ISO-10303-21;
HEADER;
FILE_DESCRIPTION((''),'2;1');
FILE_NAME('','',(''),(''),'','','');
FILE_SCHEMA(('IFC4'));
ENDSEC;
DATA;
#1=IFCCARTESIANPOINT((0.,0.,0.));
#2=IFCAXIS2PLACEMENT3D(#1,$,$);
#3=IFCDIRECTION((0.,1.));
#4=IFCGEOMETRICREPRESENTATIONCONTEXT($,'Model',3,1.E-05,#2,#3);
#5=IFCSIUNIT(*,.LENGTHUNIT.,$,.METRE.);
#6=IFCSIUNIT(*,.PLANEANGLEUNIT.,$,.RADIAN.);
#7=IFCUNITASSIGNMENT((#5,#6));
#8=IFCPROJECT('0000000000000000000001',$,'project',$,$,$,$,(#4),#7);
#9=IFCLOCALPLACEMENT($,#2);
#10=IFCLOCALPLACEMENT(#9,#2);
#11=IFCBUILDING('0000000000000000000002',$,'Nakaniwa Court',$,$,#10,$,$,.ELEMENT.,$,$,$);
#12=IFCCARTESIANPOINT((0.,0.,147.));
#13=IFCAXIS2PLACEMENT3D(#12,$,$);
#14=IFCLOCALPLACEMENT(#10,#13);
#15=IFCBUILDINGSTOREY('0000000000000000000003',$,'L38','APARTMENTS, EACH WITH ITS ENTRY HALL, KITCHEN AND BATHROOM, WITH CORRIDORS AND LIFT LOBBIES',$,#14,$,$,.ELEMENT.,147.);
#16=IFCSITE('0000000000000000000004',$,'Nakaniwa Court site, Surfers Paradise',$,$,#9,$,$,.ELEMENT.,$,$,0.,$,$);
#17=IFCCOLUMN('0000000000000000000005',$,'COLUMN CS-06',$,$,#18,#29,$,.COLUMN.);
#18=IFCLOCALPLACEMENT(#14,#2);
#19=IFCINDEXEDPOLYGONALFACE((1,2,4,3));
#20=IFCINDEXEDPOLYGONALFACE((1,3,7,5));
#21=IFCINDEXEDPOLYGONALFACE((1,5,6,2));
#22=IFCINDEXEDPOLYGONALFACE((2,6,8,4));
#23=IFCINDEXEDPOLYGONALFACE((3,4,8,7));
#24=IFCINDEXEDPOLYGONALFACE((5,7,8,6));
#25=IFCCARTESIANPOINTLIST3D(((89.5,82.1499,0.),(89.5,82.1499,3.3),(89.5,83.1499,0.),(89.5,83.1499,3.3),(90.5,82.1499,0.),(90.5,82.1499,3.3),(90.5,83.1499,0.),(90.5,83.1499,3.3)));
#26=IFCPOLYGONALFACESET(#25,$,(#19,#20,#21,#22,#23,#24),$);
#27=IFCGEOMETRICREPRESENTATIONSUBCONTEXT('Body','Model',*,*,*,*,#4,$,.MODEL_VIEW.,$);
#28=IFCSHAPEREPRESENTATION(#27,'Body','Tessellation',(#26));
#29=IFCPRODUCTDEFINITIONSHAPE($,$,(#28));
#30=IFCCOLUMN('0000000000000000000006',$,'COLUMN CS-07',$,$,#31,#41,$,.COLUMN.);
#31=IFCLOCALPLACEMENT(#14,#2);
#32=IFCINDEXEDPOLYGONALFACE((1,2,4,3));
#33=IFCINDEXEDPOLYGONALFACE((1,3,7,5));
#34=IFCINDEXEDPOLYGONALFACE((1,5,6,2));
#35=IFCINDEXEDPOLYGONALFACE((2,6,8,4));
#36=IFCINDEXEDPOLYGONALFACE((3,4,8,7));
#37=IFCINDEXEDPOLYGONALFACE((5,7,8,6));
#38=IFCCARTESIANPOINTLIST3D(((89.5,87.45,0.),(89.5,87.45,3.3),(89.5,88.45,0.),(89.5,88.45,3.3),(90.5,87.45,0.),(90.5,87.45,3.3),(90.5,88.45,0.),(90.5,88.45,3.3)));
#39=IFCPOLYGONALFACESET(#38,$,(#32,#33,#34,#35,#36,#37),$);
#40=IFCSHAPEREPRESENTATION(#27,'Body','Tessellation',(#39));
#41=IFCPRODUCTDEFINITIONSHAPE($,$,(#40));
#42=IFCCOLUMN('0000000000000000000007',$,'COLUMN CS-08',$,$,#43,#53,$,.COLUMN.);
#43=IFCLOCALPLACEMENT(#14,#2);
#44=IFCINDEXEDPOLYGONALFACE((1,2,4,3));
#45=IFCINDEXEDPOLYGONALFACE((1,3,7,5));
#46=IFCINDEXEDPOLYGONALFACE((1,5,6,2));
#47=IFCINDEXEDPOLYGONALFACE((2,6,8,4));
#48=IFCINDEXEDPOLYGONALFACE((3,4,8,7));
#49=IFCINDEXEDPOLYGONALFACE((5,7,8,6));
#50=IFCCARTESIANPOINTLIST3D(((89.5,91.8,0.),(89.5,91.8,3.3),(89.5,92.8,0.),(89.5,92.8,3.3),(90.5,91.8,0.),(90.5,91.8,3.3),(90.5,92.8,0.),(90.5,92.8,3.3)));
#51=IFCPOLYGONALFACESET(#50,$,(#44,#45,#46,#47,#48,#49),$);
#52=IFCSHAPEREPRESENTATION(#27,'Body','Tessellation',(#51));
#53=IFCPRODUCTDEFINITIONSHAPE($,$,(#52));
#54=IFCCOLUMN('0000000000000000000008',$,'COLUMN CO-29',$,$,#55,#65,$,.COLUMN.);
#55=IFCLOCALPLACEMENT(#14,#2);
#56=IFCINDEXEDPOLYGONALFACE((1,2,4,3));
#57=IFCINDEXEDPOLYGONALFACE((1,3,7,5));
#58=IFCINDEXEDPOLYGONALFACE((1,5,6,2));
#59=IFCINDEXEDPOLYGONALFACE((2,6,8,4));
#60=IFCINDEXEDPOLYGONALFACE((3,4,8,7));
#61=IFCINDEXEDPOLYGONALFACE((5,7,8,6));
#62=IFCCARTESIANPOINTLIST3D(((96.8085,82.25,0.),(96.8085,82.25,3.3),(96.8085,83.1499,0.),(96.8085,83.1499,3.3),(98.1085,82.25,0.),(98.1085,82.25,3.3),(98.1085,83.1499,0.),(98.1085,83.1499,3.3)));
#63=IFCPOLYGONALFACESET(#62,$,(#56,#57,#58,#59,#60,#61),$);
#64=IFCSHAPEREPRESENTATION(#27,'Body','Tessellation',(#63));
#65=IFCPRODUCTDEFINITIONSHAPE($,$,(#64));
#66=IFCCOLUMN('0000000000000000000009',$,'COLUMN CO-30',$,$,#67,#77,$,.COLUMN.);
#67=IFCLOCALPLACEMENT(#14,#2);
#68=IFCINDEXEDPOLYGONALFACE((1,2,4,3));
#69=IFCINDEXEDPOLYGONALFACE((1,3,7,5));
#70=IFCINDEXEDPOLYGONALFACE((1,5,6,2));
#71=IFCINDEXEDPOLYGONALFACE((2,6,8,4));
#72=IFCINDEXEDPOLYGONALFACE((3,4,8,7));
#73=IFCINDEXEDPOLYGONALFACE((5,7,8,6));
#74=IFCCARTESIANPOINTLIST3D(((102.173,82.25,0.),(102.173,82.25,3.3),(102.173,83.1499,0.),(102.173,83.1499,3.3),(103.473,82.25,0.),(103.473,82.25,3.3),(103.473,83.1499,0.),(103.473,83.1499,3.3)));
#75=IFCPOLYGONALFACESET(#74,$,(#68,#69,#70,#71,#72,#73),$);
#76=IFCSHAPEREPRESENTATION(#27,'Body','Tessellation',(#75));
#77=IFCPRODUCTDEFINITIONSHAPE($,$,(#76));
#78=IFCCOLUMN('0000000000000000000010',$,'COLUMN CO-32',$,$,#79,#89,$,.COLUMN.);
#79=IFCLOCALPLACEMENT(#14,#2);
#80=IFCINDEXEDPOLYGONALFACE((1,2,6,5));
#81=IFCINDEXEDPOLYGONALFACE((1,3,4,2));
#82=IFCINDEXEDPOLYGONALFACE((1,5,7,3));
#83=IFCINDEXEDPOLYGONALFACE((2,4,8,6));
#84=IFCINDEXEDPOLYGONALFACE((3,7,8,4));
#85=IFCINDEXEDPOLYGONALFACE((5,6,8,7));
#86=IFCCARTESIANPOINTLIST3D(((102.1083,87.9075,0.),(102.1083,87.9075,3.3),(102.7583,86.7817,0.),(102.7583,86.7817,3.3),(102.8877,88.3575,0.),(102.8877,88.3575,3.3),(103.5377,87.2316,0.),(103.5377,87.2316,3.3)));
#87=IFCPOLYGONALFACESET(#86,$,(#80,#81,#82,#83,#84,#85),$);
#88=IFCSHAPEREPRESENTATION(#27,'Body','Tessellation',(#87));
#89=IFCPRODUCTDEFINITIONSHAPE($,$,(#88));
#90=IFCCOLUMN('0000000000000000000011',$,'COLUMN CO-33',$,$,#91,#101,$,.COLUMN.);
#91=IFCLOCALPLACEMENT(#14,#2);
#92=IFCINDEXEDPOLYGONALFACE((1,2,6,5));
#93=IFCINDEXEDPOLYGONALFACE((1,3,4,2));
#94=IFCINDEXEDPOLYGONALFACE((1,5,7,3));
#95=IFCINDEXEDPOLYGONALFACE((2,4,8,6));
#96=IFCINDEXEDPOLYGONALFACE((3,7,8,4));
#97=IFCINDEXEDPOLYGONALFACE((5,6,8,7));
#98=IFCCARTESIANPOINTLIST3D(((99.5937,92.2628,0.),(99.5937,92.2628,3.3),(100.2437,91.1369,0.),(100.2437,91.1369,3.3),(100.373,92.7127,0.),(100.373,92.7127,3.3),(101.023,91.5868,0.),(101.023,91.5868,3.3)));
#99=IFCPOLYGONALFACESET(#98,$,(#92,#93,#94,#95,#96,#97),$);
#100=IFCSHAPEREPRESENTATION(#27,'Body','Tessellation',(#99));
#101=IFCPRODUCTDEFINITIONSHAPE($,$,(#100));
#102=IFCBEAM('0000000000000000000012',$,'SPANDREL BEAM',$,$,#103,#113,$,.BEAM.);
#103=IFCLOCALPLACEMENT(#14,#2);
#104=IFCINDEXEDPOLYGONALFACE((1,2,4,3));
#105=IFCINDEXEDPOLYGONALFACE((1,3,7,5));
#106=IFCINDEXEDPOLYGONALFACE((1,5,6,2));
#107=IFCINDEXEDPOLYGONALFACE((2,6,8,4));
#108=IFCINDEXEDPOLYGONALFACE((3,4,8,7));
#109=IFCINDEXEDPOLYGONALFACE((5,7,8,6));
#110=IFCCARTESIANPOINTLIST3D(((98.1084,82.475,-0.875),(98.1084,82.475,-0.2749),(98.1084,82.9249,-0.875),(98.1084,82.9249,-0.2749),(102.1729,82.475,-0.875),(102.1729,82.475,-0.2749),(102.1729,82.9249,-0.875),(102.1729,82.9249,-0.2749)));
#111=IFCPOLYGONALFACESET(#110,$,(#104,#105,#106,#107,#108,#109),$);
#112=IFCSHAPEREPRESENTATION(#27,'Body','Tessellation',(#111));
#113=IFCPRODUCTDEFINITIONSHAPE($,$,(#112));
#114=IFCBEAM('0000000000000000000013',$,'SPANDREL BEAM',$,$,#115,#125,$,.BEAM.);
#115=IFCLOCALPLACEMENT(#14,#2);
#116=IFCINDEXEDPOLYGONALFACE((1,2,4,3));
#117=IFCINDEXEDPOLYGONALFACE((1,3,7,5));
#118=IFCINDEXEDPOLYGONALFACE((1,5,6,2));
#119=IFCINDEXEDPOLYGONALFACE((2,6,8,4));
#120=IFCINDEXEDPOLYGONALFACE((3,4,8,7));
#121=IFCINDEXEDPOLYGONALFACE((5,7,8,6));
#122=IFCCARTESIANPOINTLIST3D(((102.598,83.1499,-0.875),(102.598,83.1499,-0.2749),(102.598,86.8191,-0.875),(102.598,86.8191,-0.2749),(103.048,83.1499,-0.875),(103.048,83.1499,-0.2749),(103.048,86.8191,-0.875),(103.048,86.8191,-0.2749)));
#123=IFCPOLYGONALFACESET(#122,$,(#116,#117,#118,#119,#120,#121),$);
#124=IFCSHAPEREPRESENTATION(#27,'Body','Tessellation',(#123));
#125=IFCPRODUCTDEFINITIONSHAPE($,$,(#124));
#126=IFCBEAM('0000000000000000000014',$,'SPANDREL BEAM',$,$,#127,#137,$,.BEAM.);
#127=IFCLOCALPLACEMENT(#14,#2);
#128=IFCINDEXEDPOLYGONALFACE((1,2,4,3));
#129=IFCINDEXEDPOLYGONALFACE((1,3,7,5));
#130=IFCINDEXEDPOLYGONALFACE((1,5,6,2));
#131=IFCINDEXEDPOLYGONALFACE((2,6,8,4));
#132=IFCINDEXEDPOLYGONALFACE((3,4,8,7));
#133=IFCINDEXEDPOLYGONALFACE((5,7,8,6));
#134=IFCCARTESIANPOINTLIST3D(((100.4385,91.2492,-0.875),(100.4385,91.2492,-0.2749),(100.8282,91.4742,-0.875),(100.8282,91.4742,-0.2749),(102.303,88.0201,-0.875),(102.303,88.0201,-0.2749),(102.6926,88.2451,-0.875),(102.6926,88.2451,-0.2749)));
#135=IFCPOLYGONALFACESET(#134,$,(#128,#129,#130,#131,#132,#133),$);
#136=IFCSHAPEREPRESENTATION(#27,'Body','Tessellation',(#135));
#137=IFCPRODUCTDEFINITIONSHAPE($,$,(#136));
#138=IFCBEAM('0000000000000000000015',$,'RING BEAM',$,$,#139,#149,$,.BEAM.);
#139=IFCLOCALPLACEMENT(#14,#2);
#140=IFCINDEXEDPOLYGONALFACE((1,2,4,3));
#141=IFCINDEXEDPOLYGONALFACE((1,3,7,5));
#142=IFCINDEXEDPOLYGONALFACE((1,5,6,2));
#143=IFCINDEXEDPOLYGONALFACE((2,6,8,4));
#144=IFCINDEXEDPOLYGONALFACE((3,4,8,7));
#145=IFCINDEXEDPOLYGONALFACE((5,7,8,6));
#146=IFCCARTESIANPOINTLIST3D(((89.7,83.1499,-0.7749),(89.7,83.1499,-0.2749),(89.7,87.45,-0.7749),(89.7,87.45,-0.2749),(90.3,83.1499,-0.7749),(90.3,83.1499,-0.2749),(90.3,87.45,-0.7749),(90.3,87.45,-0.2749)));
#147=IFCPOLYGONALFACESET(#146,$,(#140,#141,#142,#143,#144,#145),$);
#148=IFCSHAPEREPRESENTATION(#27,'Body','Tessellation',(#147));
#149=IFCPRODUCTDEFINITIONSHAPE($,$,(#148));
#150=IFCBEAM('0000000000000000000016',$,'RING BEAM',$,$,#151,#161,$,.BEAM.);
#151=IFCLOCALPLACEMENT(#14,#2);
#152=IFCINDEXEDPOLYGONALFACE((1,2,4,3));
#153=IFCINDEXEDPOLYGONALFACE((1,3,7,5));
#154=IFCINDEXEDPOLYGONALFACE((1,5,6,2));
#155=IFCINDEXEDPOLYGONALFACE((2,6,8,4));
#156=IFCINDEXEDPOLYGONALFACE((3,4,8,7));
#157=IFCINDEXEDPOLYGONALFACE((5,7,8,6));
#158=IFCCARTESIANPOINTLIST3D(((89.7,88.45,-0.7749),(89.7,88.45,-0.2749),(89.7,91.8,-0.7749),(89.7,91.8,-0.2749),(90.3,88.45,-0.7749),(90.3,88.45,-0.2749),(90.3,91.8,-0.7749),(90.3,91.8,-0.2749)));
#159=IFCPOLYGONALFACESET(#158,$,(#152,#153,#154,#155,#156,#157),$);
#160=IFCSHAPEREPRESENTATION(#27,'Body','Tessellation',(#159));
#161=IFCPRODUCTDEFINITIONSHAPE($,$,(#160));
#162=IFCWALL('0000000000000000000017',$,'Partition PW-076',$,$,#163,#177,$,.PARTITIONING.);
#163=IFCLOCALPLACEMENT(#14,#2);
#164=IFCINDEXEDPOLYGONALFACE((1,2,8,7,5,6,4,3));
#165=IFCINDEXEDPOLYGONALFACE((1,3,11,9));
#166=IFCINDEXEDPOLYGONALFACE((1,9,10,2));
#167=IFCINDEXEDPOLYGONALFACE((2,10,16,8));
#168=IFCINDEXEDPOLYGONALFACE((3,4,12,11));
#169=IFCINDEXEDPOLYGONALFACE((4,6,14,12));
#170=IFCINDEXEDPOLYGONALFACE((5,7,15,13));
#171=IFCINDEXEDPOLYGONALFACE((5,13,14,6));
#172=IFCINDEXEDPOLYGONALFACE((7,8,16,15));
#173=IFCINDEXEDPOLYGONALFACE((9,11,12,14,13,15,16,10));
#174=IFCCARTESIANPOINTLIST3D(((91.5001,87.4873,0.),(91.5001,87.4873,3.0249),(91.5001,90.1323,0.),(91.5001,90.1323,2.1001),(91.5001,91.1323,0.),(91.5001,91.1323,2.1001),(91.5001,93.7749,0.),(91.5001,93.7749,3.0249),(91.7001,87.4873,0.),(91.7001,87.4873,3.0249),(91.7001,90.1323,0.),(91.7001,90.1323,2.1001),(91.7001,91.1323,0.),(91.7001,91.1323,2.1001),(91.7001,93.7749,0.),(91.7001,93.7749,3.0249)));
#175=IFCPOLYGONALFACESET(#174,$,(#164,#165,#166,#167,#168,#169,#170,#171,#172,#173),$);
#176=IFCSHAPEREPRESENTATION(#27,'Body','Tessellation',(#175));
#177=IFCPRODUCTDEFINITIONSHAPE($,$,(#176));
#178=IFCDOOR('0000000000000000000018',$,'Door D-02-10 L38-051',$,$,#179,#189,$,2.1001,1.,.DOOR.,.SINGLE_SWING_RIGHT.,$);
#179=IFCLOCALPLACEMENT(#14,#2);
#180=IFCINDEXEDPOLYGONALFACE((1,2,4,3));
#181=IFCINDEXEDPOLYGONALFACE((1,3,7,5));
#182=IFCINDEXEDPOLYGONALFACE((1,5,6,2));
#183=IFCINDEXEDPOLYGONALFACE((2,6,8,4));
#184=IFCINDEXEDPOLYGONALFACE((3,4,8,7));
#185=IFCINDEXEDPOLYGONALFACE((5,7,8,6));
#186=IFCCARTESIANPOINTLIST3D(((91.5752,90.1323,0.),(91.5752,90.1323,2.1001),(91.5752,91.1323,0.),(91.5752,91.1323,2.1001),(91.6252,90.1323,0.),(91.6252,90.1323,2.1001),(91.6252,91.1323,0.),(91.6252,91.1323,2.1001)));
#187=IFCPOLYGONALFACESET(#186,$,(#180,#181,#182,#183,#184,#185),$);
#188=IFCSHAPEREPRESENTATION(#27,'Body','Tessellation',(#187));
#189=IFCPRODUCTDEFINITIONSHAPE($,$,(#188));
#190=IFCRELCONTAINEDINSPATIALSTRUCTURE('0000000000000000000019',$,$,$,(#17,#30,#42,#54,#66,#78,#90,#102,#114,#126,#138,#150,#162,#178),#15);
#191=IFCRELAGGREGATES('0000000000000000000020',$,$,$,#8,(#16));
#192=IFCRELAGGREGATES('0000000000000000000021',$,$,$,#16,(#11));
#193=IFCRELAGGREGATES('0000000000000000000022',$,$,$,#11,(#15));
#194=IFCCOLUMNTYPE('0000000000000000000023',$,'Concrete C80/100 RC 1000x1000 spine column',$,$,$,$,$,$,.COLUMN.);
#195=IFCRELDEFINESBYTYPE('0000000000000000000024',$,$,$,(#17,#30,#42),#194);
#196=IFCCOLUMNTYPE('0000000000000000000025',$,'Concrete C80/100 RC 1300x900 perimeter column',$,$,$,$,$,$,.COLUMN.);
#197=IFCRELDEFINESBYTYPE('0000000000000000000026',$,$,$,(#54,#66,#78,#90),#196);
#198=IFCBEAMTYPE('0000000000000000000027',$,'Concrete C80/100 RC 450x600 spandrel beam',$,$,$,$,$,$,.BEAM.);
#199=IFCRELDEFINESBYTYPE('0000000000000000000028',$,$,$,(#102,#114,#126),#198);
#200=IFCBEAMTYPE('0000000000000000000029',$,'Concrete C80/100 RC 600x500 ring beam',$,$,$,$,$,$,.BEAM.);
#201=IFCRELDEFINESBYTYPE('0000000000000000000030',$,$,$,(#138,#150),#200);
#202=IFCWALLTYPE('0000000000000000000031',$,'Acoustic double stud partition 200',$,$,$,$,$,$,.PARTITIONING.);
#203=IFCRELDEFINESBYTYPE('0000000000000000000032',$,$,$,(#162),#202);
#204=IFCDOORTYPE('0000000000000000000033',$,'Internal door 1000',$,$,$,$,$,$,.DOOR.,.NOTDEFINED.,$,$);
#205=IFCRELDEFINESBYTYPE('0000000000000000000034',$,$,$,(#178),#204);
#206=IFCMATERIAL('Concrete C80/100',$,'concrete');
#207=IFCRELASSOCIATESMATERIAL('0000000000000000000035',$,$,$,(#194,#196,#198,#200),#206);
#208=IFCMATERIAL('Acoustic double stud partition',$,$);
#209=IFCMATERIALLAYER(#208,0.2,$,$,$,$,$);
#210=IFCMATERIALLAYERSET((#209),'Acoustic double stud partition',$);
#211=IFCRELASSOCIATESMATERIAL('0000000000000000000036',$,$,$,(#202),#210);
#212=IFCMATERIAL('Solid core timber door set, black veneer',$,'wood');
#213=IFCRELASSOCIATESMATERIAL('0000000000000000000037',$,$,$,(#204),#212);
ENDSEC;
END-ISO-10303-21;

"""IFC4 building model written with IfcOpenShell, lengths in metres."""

from ifc_helpers import new_model, si_unit, direction, frame, frame_2d, origin, origin_2d, place, context, subcontext, project, spatial, rectangle, extrude, material, layer, layer_set, material_profile, profile_set, type_object, element, fill, save


model = new_model("IFC4")

# Units and contexts
model_context = context("Model", 3, precision=1e-05, world=origin(), true_north=direction((0.0, 1.0)))
body_context = subcontext(model_context, "Body", "Model", "MODEL_VIEW")
ifc_project = project(units=[si_unit("LENGTHUNIT", "METRE"), si_unit("PLANEANGLEUNIT", "RADIAN")], contexts=[model_context])

# Site, building, storey
site_placement = place(None, origin())
site = spatial("IfcSite", under=ifc_project, at=site_placement, Name="Nakaniwa Court site, Surfers Paradise", CompositionType="ELEMENT", RefElevation=0.0)
building_placement = place(site_placement, origin())
building = spatial("IfcBuilding", under=site, at=building_placement, Name="Nakaniwa Court", CompositionType="ELEMENT")
storey_placement = place(building_placement, frame((0.0, 0.0, 147.0)))
storey = spatial("IfcBuildingStorey", under=building, at=storey_placement, Name="L38", Description="APARTMENTS, EACH WITH ITS ENTRY HALL, KITCHEN AND BATHROOM, WITH CORRIDORS AND LIFT LOBBIES", CompositionType="ELEMENT", Elevation=147.0)

# Columns
ifc_material_1 = material(Name="Concrete C80/100", Category="concrete")
ifc_material_profile_1 = material_profile(ifc_material_1, rectangle(XDim=1.0, YDim=1.0, at=origin_2d()), Name="Concrete C80/100 RC 1000x1000 spine column")
ifc_profile_set_1 = profile_set([ifc_material_profile_1], Name="Concrete C80/100")
column_type_1 = type_object("IfcColumnType", Name="Concrete C80/100 RC 1000x1000 spine column", PredefinedType="COLUMN", material=ifc_profile_set_1)
for number, where, z_axis, x_axis, name in (
    (1, (90.0, 82.6499, 0.0), (0.0, 0.0, 1.0), (0.0, 1.0, 0.0), "COLUMN CS-06"),
    (2, (90.0, 87.95, 0.0), (0.0, 0.0, 1.0), (0.0, 1.0, 0.0), "COLUMN CS-07"),
    (3, (90.0, 92.3, 0.0), (0.0, 0.0, 1.0), (0.0, 1.0, 0.0), "COLUMN CS-08"),
):
    element("IfcColumn", number, at=place(storey_placement, frame(where, z_axis=z_axis, x_axis=x_axis)), inside=storey, type_object=column_type_1, Name=name, PredefinedType="COLUMN", context=body_context, shape_type="SweptSolid", body=[
        extrude(rectangle(XDim=1.0, YDim=1.0, at=origin_2d()), origin(), (0.0, 0.0, 1.0), 3.3),
    ])
ifc_material_profile_2 = material_profile(ifc_material_1, rectangle(XDim=1.3, YDim=0.8999, at=origin_2d()), Name="Concrete C80/100 RC 1300x900 perimeter column")
ifc_profile_set_2 = profile_set([ifc_material_profile_2], Name="Concrete C80/100")
column_type_2 = type_object("IfcColumnType", Name="Concrete C80/100 RC 1300x900 perimeter column", PredefinedType="COLUMN", material=ifc_profile_set_2)
for number, where, z_axis, x_axis, name in (
    (4, (97.4585, 82.7, 0.0), (0.0, 0.0, 1.0), (1.0, 0.0, 0.0), "COLUMN CO-29"),
    (5, (102.823, 82.7, 0.0), (0.0, 0.0, 1.0), (1.0, 0.0, 0.0), "COLUMN CO-30"),
    (6, (102.823, 87.5696, 0.0), (0.0, 0.0, 1.0), (-0.5, 0.866025, 0.0), "COLUMN CO-32"),
    (7, (100.3083, 91.9248, 0.0), (0.0, 0.0, 1.0), (-0.5, 0.866025, 0.0), "COLUMN CO-33"),
):
    element("IfcColumn", number, at=place(storey_placement, frame(where, z_axis=z_axis, x_axis=x_axis)), inside=storey, type_object=column_type_2, Name=name, PredefinedType="COLUMN", context=body_context, shape_type="SweptSolid", body=[
        extrude(rectangle(XDim=1.3, YDim=0.8999, at=origin_2d()), origin(), (0.0, 0.0, 1.0), 3.3),
    ])

# Beams
ifc_material_profile_3 = material_profile(ifc_material_1, rectangle(XDim=0.45, YDim=0.6001, at=origin_2d()), Name="Concrete C80/100 RC 450x600 spandrel beam")
ifc_profile_set_3 = profile_set([ifc_material_profile_3], Name="Concrete C80/100")
beam_type_1 = type_object("IfcBeamType", Name="Concrete C80/100 RC 450x600 spandrel beam", PredefinedType="BEAM", material=ifc_profile_set_3)
beam_1_placement = place(storey_placement, frame((98.1084, 82.7, -0.575), z_axis=(1.0, 0.0, 0.0), x_axis=(0.0, 1.0, 0.0)))
element("IfcBeam", 8, at=beam_1_placement, inside=storey, type_object=beam_type_1, Name="SPANDREL BEAM", PredefinedType="BEAM", context=body_context, shape_type="SweptSolid", body=[
    extrude(rectangle(XDim=0.45, YDim=0.6001, at=origin_2d()), origin(), (0.0, 0.0, 1.0), 4.0645),
])
beam_2_placement = place(storey_placement, frame((102.823, 83.1499, -0.575), z_axis=(0.0, 1.0, 0.0), x_axis=(-1.0, 0.0, 0.0)))
element("IfcBeam", 9, at=beam_2_placement, inside=storey, type_object=beam_type_1, Name="SPANDREL BEAM", PredefinedType="BEAM", context=body_context, shape_type="SweptSolid", body=[
    extrude(rectangle(XDim=0.45, YDim=0.6001, at=origin_2d()), origin(), (0.0, 0.0, 1.0), 3.6692),
])
beam_3_placement = place(storey_placement, frame((102.4978, 88.1326, -0.575), z_axis=(-0.500019, 0.866014, 0.0), x_axis=(-0.866014, -0.500019, 0.0)))
element("IfcBeam", 10, at=beam_3_placement, inside=storey, type_object=beam_type_1, Name="SPANDREL BEAM", PredefinedType="BEAM", context=body_context, shape_type="SweptSolid", body=[
    extrude(rectangle(XDim=0.45, YDim=0.6001, at=origin_2d()), origin(), (0.0, 0.0, 1.0), 3.7288),
])
ifc_material_profile_4 = material_profile(ifc_material_1, rectangle(XDim=0.6001, YDim=0.5, at=origin_2d()), Name="Concrete C80/100 RC 600x500 ring beam")
ifc_profile_set_4 = profile_set([ifc_material_profile_4], Name="Concrete C80/100")
beam_type_2 = type_object("IfcBeamType", Name="Concrete C80/100 RC 600x500 ring beam", PredefinedType="BEAM", material=ifc_profile_set_4)
beam_4_placement = place(storey_placement, frame((90.0, 83.1499, -0.5249), z_axis=(0.0, 1.0, 0.0), x_axis=(-1.0, 0.0, 0.0)))
element("IfcBeam", 11, at=beam_4_placement, inside=storey, type_object=beam_type_2, Name="RING BEAM", PredefinedType="BEAM", context=body_context, shape_type="SweptSolid", body=[
    extrude(rectangle(XDim=0.6001, YDim=0.5, at=origin_2d()), origin(), (0.0, 0.0, 1.0), 4.3),
])
beam_5_placement = place(storey_placement, frame((90.0, 88.45, -0.5249), z_axis=(0.0, 1.0, 0.0), x_axis=(-1.0, 0.0, 0.0)))
element("IfcBeam", 12, at=beam_5_placement, inside=storey, type_object=beam_type_2, Name="RING BEAM", PredefinedType="BEAM", context=body_context, shape_type="SweptSolid", body=[
    extrude(rectangle(XDim=0.6001, YDim=0.5, at=origin_2d()), origin(), (0.0, 0.0, 1.0), 3.3501),
])

# Wall, opening, door
ifc_material_2 = material(Name="Acoustic double stud partition")
ifc_layer_1 = layer(ifc_material_2, 0.2)
ifc_layer_set_1 = layer_set([ifc_layer_1], Name="Acoustic double stud partition")
wall_type_1 = type_object("IfcWallType", Name="Acoustic double stud partition 200", PredefinedType="PARTITIONING", material=ifc_layer_set_1)
wall_1_placement = place(storey_placement, frame((91.6001, 87.4873, 0.0), z_axis=(0.0, 0.0, 1.0), x_axis=(0.0, 1.0, 0.0)))
wall_1 = element("IfcWall", 13, at=wall_1_placement, inside=storey, type_object=wall_type_1, Name="Partition PW-076", PredefinedType="PARTITIONING", context=body_context, shape_type="SweptSolid", body=[
    extrude(rectangle(XDim=6.2876, YDim=0.2, at=frame_2d((3.1438, 0.0))), origin(), (0.0, 0.0, 1.0), 3.0249),
])
opening_1_placement = place(wall_1_placement, frame((2.645, 0.0, 0.0)))
opening_1 = element("IfcOpeningElement", 14, at=opening_1_placement, cuts=wall_1, PredefinedType="OPENING", context=body_context, shape_type="SweptSolid", body=[
    extrude(rectangle(XDim=1.0, YDim=2.1001, at=frame_2d((0.5, 1.05))), frame((0.0, 0.1099, 0.0), z_axis=(0.0, -1.0, 0.0), x_axis=(1.0, 0.0, 0.0)), (0.0, 0.0, 1.0), 0.22),
])
ifc_material_3 = material(Name="Solid core timber door set, black veneer", Category="wood")
door_type_1 = type_object("IfcDoorType", Name="Internal door 1000", OperationType="NOTDEFINED", PredefinedType="DOOR", material=ifc_material_3)
door_1_placement = place(opening_1_placement, origin())
door_1 = element("IfcDoor", 15, at=door_1_placement, inside=storey, type_object=door_type_1, Name="Door D-02-10 L38-051", OperationType="SINGLE_SWING_RIGHT", OverallHeight=2.1001, OverallWidth=1.0, PredefinedType="DOOR", context=body_context, shape_type="SweptSolid", body=[
    extrude(rectangle(XDim=1.0, YDim=2.1001, at=frame_2d((0.5, 1.05))), frame((0.0, 0.0249, 0.0), z_axis=(0.0, -1.0, 0.0), x_axis=(1.0, 0.0, 0.0)), (0.0, 0.0, 1.0), 0.05),
])
fill(opening_1, door_1)

save(model, "model.ifc")
